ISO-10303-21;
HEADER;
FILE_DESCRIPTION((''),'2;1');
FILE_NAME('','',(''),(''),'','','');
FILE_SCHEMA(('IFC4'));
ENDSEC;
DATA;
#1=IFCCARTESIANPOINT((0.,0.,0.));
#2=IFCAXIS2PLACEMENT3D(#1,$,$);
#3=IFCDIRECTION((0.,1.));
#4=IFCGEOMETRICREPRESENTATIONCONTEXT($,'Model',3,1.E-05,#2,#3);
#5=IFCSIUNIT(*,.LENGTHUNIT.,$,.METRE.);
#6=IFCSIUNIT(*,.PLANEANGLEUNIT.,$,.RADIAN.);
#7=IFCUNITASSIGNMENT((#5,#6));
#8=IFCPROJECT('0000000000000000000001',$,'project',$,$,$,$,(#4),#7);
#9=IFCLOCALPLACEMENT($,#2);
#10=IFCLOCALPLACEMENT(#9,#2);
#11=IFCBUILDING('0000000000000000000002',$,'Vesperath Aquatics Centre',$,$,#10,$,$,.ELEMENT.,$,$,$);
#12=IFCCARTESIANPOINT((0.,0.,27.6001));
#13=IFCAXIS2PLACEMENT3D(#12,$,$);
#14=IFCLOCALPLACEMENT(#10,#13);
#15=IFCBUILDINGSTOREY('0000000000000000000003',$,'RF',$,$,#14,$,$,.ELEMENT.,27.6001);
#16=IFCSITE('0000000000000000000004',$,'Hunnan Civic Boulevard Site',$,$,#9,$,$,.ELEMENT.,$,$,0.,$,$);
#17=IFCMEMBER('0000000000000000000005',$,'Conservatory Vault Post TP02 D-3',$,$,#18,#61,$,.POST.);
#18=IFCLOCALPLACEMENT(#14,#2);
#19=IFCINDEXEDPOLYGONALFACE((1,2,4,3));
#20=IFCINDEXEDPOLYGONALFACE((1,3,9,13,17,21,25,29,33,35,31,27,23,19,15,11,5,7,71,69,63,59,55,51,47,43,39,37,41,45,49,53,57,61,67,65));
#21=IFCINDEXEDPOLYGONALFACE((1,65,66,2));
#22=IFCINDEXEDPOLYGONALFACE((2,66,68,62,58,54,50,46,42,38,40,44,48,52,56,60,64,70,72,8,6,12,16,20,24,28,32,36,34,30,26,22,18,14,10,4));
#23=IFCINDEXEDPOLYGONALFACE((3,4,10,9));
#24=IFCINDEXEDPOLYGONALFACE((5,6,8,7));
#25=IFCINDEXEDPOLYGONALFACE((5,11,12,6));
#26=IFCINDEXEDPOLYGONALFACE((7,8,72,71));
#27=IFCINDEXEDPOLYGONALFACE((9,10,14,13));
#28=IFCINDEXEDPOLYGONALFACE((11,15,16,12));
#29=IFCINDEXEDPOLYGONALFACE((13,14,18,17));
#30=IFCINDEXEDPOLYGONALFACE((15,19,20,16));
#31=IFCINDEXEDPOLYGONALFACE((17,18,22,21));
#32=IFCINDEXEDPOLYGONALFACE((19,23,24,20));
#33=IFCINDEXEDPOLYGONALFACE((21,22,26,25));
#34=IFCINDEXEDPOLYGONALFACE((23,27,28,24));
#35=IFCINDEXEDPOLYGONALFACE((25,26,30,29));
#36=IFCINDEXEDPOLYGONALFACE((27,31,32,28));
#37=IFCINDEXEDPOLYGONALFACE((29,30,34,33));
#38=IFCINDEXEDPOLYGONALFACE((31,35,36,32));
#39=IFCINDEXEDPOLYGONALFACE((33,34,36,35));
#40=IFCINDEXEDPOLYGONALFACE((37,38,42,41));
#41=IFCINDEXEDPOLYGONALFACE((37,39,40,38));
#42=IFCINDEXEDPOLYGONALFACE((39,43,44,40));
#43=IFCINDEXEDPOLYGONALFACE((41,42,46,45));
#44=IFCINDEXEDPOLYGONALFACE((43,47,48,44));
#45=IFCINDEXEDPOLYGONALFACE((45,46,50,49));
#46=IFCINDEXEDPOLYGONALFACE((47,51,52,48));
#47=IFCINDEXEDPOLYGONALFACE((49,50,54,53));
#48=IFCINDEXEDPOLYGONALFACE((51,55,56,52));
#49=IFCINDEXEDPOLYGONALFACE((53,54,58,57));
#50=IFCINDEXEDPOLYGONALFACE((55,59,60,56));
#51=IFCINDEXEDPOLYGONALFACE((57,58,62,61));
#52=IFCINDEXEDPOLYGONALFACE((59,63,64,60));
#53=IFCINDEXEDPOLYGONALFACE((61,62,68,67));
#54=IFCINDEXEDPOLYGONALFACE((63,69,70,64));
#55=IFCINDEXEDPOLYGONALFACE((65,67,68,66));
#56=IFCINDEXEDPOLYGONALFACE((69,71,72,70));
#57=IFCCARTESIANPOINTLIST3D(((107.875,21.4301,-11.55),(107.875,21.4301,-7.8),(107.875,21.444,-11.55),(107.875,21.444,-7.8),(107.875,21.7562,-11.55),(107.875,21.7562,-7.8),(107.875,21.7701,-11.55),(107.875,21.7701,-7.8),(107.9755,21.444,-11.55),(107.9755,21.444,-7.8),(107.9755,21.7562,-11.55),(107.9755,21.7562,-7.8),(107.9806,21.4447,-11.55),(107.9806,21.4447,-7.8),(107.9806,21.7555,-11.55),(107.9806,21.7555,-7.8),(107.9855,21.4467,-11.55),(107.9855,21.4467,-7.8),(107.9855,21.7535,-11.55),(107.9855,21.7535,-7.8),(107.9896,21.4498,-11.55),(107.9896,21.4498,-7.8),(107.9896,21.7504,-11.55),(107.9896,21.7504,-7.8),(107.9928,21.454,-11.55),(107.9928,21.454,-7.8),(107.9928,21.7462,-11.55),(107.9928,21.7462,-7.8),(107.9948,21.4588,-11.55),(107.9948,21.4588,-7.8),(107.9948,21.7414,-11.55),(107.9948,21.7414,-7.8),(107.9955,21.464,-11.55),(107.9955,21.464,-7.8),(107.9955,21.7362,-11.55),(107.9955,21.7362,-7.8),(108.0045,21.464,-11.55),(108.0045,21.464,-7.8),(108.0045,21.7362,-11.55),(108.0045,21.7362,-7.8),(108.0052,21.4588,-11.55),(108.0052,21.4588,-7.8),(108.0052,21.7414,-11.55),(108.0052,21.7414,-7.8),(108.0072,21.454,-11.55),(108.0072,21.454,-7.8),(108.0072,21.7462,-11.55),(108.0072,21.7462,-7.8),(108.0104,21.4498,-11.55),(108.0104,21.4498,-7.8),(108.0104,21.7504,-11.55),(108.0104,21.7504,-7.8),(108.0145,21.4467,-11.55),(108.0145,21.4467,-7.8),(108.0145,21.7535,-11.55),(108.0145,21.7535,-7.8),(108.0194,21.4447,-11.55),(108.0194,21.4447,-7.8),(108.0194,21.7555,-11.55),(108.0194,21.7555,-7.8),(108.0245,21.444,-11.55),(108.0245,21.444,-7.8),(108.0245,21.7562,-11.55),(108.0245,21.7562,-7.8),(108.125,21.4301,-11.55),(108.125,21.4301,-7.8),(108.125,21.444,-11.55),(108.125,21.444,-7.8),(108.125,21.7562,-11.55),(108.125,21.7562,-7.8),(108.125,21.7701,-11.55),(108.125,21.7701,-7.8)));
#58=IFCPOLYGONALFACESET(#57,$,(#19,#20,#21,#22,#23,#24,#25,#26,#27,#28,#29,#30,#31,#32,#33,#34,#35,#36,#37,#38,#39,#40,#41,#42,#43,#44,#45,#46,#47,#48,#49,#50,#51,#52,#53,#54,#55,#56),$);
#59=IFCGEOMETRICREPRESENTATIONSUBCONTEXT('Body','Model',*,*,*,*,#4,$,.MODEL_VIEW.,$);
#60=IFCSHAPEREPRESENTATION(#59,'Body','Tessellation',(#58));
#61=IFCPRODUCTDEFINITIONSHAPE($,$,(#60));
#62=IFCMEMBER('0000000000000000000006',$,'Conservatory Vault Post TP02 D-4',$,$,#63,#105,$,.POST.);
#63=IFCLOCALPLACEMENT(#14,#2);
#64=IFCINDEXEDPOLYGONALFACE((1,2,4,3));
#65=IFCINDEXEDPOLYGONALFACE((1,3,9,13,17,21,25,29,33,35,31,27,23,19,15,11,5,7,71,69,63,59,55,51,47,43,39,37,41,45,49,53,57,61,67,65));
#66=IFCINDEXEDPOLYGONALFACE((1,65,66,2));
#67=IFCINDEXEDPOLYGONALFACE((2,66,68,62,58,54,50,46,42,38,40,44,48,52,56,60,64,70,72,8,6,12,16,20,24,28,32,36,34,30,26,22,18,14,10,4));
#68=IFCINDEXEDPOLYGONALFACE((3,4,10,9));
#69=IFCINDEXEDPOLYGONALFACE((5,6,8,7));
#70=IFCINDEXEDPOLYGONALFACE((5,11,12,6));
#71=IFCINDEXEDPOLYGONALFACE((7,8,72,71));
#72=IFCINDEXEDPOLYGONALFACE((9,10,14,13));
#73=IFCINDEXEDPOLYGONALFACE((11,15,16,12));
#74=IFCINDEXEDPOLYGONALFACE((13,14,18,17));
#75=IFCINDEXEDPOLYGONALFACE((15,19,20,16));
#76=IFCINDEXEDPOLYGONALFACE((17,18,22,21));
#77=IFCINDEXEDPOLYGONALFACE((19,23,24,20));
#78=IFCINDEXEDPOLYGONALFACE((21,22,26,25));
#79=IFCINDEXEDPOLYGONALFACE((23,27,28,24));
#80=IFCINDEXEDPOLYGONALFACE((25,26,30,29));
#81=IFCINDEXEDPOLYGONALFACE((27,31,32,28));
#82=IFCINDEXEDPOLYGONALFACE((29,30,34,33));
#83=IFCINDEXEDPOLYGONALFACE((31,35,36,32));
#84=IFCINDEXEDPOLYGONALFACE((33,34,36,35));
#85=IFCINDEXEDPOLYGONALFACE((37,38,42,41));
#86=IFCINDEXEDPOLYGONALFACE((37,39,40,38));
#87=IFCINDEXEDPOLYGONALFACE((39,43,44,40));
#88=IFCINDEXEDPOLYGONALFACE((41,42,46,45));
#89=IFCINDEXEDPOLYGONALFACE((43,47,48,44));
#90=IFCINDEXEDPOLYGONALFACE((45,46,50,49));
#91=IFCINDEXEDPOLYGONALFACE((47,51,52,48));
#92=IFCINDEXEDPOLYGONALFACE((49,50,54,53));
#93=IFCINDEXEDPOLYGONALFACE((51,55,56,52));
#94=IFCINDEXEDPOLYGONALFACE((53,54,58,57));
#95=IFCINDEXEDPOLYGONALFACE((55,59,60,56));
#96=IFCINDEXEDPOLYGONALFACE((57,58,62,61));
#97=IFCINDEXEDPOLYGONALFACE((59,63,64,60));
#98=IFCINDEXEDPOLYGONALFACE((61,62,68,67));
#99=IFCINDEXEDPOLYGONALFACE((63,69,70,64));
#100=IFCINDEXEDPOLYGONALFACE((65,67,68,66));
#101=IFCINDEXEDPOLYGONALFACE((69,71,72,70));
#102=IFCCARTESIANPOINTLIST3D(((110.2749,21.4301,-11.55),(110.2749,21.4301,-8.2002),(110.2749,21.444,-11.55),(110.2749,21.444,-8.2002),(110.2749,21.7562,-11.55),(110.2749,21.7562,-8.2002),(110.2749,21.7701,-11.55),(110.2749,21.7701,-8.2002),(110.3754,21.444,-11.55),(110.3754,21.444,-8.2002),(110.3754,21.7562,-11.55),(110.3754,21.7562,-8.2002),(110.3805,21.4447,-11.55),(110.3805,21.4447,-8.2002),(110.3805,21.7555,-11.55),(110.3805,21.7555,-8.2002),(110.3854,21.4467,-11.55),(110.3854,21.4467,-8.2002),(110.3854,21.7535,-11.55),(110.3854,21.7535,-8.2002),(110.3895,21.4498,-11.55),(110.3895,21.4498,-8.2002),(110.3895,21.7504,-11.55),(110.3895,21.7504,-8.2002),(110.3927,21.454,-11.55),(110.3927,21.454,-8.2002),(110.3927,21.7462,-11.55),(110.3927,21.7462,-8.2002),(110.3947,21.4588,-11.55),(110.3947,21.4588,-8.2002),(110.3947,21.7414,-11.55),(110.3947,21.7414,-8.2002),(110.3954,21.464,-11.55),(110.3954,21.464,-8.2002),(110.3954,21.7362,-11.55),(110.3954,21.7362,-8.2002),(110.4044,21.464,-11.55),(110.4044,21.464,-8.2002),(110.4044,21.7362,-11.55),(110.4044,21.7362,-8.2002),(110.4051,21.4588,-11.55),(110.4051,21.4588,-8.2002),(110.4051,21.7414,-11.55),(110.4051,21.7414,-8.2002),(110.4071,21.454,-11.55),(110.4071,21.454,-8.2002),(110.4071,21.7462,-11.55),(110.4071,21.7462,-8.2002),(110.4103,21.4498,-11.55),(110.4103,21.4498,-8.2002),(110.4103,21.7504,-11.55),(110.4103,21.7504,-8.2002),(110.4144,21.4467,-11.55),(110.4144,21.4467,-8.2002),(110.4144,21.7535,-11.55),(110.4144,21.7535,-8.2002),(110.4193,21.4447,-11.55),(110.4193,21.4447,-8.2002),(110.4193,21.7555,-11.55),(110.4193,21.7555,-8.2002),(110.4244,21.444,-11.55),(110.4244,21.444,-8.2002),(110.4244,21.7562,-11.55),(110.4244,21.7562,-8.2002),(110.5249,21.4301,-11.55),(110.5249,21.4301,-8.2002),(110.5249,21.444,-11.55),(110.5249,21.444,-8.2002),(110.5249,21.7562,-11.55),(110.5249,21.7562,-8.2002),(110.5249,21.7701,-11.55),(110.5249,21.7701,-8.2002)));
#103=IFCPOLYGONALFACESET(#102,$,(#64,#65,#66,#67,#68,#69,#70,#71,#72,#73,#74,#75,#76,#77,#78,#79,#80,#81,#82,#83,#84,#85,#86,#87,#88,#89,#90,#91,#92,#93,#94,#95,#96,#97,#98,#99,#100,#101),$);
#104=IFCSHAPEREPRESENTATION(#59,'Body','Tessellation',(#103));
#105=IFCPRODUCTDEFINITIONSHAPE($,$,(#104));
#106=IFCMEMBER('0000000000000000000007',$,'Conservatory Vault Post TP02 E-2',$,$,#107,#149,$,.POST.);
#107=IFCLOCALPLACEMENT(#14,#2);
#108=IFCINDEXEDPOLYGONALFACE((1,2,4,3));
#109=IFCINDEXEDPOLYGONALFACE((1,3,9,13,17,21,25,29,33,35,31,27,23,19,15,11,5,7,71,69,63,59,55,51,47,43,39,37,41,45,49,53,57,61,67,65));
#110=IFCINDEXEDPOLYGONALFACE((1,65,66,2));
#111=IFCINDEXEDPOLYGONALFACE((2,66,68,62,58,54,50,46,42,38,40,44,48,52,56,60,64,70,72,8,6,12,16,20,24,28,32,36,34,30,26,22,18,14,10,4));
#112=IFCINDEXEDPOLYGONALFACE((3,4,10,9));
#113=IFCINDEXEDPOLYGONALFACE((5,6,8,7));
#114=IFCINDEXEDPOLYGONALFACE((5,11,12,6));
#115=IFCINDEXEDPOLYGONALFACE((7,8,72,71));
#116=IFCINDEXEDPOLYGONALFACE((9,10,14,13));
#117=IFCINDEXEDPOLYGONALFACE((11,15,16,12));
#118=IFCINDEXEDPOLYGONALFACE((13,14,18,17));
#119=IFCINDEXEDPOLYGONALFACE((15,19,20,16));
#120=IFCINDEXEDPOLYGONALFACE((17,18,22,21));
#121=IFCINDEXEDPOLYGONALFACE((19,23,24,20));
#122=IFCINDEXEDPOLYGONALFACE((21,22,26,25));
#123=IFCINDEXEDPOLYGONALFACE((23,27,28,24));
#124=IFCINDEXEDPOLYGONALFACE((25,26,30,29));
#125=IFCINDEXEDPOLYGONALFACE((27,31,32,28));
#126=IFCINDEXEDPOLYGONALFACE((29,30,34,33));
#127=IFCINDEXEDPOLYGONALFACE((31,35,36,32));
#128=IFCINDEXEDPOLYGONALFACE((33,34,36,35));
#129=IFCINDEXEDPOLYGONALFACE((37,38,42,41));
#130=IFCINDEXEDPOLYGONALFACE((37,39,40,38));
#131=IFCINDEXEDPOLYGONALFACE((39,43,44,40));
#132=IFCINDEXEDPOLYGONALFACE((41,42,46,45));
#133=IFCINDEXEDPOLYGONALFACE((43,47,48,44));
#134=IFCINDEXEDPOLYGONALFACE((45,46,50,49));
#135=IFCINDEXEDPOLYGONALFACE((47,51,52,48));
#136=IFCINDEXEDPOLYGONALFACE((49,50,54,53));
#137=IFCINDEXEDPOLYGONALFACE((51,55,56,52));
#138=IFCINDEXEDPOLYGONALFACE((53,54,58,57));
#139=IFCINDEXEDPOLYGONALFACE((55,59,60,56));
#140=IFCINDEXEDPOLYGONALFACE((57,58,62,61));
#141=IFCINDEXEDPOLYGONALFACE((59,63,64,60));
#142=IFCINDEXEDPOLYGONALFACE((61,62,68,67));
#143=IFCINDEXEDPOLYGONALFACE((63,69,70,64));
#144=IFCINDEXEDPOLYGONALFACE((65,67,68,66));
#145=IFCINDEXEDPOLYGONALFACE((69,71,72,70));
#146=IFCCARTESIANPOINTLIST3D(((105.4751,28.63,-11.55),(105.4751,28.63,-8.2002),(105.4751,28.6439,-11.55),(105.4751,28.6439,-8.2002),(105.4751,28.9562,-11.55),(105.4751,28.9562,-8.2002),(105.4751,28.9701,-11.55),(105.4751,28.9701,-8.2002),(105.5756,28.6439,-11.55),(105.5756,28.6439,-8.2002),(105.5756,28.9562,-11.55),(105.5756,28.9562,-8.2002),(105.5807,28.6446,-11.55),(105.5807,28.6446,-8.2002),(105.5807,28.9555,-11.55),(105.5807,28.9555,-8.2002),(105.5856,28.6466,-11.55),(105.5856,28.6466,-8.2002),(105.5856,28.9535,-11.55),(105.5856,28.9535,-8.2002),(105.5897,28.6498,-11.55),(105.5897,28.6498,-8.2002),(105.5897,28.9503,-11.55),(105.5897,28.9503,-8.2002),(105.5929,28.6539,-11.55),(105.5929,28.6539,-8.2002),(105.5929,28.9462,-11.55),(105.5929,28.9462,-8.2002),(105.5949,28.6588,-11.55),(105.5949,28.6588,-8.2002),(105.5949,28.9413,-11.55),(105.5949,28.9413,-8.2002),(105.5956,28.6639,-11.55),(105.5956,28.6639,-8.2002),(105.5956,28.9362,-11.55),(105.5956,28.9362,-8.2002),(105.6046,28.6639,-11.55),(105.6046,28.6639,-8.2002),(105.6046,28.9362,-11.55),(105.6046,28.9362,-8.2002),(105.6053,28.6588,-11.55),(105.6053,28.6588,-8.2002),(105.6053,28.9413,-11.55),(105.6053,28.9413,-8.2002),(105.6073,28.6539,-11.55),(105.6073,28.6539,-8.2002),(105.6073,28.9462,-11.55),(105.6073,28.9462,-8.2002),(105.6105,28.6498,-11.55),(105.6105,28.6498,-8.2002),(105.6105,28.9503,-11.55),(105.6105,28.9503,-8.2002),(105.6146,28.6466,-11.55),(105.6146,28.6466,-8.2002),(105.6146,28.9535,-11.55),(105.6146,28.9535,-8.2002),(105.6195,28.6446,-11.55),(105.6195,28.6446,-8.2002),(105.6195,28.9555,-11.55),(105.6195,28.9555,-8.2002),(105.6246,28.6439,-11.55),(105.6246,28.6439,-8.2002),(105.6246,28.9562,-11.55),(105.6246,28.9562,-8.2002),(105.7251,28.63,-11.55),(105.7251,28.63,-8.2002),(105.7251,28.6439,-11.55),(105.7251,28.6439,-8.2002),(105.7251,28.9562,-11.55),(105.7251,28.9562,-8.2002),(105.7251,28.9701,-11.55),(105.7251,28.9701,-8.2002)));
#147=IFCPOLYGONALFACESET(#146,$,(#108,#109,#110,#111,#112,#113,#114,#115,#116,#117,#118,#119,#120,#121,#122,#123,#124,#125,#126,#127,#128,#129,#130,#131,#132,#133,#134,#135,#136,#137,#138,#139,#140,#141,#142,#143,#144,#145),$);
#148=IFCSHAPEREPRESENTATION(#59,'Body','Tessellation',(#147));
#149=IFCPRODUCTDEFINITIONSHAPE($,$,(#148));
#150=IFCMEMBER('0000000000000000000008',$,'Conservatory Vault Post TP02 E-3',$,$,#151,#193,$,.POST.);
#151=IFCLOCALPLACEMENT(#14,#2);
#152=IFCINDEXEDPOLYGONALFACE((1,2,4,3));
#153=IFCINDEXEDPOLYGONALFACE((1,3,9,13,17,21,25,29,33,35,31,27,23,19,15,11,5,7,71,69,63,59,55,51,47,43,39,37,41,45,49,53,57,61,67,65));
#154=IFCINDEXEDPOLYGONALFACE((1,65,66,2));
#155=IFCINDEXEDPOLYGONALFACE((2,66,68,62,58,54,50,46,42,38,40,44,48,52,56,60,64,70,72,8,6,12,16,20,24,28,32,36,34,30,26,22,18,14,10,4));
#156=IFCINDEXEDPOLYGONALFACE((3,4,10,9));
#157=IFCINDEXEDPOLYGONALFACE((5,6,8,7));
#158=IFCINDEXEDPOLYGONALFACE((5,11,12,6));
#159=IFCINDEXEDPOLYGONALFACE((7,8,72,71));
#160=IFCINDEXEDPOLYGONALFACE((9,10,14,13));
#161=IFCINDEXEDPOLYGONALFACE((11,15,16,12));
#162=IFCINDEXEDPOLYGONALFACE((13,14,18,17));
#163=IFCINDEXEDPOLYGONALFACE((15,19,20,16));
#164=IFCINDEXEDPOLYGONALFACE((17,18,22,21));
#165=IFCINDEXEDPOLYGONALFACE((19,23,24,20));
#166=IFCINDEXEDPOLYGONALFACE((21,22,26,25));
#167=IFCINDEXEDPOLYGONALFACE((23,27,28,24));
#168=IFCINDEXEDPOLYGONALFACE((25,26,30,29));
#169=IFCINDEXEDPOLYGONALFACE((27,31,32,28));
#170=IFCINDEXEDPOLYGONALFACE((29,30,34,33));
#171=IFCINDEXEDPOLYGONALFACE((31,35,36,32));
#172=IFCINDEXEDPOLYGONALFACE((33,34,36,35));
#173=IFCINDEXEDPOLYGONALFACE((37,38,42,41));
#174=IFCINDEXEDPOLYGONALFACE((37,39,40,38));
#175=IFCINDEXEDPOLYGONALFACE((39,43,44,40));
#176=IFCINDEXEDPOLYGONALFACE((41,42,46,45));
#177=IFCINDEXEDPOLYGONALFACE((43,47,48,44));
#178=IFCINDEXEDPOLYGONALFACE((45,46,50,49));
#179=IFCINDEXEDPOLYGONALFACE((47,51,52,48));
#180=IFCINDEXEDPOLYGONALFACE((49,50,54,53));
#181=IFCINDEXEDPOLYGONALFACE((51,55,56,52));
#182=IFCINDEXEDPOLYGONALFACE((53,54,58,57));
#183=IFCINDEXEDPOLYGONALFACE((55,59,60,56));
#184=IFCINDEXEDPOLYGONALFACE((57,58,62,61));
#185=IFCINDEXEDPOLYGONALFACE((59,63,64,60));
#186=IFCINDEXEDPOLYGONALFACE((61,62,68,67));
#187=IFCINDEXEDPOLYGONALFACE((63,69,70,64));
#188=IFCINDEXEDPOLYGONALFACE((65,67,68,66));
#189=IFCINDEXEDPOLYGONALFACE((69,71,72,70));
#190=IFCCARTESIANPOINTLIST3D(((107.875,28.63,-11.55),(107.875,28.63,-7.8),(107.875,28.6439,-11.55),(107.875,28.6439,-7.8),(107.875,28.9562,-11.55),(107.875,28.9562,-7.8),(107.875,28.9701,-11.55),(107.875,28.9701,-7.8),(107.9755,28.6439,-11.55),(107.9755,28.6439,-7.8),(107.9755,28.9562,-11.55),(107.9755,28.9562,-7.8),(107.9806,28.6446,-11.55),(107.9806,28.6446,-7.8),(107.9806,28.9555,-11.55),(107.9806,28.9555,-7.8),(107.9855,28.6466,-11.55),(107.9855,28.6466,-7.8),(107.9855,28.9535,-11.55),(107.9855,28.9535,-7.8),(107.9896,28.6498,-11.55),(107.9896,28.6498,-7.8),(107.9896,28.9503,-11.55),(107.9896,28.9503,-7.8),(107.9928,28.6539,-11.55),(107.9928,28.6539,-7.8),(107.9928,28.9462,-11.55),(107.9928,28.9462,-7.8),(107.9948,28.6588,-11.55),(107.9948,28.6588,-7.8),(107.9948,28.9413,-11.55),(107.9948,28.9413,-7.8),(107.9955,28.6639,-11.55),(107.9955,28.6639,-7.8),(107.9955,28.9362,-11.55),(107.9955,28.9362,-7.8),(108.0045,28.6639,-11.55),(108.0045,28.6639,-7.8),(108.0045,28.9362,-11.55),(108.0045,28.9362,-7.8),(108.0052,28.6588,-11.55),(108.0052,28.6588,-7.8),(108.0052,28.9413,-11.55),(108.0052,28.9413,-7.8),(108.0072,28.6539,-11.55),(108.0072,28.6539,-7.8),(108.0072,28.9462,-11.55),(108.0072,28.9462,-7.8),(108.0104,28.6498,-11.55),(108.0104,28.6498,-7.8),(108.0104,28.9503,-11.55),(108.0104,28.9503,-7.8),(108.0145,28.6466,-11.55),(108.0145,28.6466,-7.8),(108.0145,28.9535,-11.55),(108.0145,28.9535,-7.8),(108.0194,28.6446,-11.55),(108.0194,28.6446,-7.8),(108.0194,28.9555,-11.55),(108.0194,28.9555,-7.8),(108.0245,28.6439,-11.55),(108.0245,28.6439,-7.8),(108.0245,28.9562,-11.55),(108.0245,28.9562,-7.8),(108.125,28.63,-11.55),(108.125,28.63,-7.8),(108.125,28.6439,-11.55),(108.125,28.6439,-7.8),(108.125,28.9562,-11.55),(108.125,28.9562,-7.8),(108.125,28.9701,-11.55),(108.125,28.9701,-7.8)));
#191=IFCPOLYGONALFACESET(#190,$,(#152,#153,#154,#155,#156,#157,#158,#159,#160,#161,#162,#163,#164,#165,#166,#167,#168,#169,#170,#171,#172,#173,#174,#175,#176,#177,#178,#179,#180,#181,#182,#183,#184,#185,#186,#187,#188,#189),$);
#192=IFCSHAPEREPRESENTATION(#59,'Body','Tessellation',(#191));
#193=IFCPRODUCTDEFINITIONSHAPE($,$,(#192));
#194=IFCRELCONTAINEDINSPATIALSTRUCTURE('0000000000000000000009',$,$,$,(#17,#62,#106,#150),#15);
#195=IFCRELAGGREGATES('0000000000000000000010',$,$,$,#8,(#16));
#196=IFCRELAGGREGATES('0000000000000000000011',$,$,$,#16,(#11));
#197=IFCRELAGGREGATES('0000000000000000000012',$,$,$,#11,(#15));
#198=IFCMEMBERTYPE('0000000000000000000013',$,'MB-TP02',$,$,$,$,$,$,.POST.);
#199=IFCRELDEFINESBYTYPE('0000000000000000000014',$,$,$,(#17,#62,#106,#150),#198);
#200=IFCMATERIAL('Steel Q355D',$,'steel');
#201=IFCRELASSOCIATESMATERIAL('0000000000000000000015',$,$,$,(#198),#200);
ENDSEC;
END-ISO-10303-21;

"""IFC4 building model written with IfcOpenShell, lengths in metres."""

from ifc_helpers import new_model, si_unit, direction, frame, origin, origin_2d, place, context, subcontext, project, spatial, i_section, extrude, material, material_profile, profile_set, type_object, element, save


model = new_model("IFC4")

# Units and contexts
model_context = context("Model", 3, precision=1e-05, world=origin(), true_north=direction((0.0, 1.0)))
body_context = subcontext(model_context, "Body", "Model", "MODEL_VIEW")
ifc_project = project(units=[si_unit("LENGTHUNIT", "METRE"), si_unit("PLANEANGLEUNIT", "RADIAN")], contexts=[model_context])

# Site, building, storey
site_placement = place(None, origin())
site = spatial("IfcSite", under=ifc_project, at=site_placement, Name="Hunnan Civic Boulevard Site", CompositionType="ELEMENT", RefElevation=0.0)
building_placement = place(site_placement, origin())
building = spatial("IfcBuilding", under=site, at=building_placement, Name="Vesperath Aquatics Centre", CompositionType="ELEMENT")
storey_placement = place(building_placement, frame((0.0, 0.0, 27.6001)))
storey = spatial("IfcBuildingStorey", under=building, at=storey_placement, Name="RF", CompositionType="ELEMENT", Elevation=27.6001)

# Members
ifc_material_1 = material(Name="Steel Q355D", Category="steel")
ifc_material_profile_1 = material_profile(ifc_material_1, i_section(OverallWidth=0.25, OverallDepth=0.3401, WebThickness=0.009, FlangeThickness=0.0139, FilletRadius=0.02, at=origin_2d()), Name="HM 340x250x9x14")
ifc_profile_set_1 = profile_set([ifc_material_profile_1], Name="Steel Q355D")
member_type_1 = type_object("IfcMemberType", Name="MB-TP02", PredefinedType="POST", material=ifc_profile_set_1)
member_1_placement = place(storey_placement, frame((108.0, 21.6001, -11.55), z_axis=(0.0, 0.0, 1.0), x_axis=(1.0, 0.0, 0.0)))
element("IfcMember", 1, at=member_1_placement, inside=storey, type_object=member_type_1, Name="Conservatory Vault Post TP02 D-3", PredefinedType="POST", context=body_context, shape_type="SweptSolid", body=[
    extrude(i_section(OverallWidth=0.25, OverallDepth=0.3401, WebThickness=0.009, FlangeThickness=0.0139, FilletRadius=0.02, at=origin_2d()), origin(), (0.0, 0.0, 1.0), 3.75),
])
for number, where, z_axis, x_axis, name in (
    (2, (110.3999, 21.6001, -11.55), (0.0, 0.0, 1.0), (1.0, 0.0, 0.0), "Conservatory Vault Post TP02 D-4"),
    (3, (105.6001, 28.8, -11.55), (0.0, 0.0, 1.0), (1.0, 0.0, 0.0), "Conservatory Vault Post TP02 E-2"),
):
    element("IfcMember", number, at=place(storey_placement, frame(where, z_axis=z_axis, x_axis=x_axis)), inside=storey, type_object=member_type_1, Name=name, PredefinedType="POST", context=body_context, shape_type="SweptSolid", body=[
        extrude(i_section(OverallWidth=0.25, OverallDepth=0.3401, WebThickness=0.009, FlangeThickness=0.0139, FilletRadius=0.02, at=origin_2d()), origin(), (0.0, 0.0, 1.0), 3.3499),
    ])
member_2_placement = place(storey_placement, frame((108.0, 28.8, -11.55), z_axis=(0.0, 0.0, 1.0), x_axis=(1.0, 0.0, 0.0)))
element("IfcMember", 4, at=member_2_placement, inside=storey, type_object=member_type_1, Name="Conservatory Vault Post TP02 E-3", PredefinedType="POST", context=body_context, shape_type="SweptSolid", body=[
    extrude(i_section(OverallWidth=0.25, OverallDepth=0.3401, WebThickness=0.009, FlangeThickness=0.0139, FilletRadius=0.02, at=origin_2d()), origin(), (0.0, 0.0, 1.0), 3.75),
])

save(model, "model.ifc")
